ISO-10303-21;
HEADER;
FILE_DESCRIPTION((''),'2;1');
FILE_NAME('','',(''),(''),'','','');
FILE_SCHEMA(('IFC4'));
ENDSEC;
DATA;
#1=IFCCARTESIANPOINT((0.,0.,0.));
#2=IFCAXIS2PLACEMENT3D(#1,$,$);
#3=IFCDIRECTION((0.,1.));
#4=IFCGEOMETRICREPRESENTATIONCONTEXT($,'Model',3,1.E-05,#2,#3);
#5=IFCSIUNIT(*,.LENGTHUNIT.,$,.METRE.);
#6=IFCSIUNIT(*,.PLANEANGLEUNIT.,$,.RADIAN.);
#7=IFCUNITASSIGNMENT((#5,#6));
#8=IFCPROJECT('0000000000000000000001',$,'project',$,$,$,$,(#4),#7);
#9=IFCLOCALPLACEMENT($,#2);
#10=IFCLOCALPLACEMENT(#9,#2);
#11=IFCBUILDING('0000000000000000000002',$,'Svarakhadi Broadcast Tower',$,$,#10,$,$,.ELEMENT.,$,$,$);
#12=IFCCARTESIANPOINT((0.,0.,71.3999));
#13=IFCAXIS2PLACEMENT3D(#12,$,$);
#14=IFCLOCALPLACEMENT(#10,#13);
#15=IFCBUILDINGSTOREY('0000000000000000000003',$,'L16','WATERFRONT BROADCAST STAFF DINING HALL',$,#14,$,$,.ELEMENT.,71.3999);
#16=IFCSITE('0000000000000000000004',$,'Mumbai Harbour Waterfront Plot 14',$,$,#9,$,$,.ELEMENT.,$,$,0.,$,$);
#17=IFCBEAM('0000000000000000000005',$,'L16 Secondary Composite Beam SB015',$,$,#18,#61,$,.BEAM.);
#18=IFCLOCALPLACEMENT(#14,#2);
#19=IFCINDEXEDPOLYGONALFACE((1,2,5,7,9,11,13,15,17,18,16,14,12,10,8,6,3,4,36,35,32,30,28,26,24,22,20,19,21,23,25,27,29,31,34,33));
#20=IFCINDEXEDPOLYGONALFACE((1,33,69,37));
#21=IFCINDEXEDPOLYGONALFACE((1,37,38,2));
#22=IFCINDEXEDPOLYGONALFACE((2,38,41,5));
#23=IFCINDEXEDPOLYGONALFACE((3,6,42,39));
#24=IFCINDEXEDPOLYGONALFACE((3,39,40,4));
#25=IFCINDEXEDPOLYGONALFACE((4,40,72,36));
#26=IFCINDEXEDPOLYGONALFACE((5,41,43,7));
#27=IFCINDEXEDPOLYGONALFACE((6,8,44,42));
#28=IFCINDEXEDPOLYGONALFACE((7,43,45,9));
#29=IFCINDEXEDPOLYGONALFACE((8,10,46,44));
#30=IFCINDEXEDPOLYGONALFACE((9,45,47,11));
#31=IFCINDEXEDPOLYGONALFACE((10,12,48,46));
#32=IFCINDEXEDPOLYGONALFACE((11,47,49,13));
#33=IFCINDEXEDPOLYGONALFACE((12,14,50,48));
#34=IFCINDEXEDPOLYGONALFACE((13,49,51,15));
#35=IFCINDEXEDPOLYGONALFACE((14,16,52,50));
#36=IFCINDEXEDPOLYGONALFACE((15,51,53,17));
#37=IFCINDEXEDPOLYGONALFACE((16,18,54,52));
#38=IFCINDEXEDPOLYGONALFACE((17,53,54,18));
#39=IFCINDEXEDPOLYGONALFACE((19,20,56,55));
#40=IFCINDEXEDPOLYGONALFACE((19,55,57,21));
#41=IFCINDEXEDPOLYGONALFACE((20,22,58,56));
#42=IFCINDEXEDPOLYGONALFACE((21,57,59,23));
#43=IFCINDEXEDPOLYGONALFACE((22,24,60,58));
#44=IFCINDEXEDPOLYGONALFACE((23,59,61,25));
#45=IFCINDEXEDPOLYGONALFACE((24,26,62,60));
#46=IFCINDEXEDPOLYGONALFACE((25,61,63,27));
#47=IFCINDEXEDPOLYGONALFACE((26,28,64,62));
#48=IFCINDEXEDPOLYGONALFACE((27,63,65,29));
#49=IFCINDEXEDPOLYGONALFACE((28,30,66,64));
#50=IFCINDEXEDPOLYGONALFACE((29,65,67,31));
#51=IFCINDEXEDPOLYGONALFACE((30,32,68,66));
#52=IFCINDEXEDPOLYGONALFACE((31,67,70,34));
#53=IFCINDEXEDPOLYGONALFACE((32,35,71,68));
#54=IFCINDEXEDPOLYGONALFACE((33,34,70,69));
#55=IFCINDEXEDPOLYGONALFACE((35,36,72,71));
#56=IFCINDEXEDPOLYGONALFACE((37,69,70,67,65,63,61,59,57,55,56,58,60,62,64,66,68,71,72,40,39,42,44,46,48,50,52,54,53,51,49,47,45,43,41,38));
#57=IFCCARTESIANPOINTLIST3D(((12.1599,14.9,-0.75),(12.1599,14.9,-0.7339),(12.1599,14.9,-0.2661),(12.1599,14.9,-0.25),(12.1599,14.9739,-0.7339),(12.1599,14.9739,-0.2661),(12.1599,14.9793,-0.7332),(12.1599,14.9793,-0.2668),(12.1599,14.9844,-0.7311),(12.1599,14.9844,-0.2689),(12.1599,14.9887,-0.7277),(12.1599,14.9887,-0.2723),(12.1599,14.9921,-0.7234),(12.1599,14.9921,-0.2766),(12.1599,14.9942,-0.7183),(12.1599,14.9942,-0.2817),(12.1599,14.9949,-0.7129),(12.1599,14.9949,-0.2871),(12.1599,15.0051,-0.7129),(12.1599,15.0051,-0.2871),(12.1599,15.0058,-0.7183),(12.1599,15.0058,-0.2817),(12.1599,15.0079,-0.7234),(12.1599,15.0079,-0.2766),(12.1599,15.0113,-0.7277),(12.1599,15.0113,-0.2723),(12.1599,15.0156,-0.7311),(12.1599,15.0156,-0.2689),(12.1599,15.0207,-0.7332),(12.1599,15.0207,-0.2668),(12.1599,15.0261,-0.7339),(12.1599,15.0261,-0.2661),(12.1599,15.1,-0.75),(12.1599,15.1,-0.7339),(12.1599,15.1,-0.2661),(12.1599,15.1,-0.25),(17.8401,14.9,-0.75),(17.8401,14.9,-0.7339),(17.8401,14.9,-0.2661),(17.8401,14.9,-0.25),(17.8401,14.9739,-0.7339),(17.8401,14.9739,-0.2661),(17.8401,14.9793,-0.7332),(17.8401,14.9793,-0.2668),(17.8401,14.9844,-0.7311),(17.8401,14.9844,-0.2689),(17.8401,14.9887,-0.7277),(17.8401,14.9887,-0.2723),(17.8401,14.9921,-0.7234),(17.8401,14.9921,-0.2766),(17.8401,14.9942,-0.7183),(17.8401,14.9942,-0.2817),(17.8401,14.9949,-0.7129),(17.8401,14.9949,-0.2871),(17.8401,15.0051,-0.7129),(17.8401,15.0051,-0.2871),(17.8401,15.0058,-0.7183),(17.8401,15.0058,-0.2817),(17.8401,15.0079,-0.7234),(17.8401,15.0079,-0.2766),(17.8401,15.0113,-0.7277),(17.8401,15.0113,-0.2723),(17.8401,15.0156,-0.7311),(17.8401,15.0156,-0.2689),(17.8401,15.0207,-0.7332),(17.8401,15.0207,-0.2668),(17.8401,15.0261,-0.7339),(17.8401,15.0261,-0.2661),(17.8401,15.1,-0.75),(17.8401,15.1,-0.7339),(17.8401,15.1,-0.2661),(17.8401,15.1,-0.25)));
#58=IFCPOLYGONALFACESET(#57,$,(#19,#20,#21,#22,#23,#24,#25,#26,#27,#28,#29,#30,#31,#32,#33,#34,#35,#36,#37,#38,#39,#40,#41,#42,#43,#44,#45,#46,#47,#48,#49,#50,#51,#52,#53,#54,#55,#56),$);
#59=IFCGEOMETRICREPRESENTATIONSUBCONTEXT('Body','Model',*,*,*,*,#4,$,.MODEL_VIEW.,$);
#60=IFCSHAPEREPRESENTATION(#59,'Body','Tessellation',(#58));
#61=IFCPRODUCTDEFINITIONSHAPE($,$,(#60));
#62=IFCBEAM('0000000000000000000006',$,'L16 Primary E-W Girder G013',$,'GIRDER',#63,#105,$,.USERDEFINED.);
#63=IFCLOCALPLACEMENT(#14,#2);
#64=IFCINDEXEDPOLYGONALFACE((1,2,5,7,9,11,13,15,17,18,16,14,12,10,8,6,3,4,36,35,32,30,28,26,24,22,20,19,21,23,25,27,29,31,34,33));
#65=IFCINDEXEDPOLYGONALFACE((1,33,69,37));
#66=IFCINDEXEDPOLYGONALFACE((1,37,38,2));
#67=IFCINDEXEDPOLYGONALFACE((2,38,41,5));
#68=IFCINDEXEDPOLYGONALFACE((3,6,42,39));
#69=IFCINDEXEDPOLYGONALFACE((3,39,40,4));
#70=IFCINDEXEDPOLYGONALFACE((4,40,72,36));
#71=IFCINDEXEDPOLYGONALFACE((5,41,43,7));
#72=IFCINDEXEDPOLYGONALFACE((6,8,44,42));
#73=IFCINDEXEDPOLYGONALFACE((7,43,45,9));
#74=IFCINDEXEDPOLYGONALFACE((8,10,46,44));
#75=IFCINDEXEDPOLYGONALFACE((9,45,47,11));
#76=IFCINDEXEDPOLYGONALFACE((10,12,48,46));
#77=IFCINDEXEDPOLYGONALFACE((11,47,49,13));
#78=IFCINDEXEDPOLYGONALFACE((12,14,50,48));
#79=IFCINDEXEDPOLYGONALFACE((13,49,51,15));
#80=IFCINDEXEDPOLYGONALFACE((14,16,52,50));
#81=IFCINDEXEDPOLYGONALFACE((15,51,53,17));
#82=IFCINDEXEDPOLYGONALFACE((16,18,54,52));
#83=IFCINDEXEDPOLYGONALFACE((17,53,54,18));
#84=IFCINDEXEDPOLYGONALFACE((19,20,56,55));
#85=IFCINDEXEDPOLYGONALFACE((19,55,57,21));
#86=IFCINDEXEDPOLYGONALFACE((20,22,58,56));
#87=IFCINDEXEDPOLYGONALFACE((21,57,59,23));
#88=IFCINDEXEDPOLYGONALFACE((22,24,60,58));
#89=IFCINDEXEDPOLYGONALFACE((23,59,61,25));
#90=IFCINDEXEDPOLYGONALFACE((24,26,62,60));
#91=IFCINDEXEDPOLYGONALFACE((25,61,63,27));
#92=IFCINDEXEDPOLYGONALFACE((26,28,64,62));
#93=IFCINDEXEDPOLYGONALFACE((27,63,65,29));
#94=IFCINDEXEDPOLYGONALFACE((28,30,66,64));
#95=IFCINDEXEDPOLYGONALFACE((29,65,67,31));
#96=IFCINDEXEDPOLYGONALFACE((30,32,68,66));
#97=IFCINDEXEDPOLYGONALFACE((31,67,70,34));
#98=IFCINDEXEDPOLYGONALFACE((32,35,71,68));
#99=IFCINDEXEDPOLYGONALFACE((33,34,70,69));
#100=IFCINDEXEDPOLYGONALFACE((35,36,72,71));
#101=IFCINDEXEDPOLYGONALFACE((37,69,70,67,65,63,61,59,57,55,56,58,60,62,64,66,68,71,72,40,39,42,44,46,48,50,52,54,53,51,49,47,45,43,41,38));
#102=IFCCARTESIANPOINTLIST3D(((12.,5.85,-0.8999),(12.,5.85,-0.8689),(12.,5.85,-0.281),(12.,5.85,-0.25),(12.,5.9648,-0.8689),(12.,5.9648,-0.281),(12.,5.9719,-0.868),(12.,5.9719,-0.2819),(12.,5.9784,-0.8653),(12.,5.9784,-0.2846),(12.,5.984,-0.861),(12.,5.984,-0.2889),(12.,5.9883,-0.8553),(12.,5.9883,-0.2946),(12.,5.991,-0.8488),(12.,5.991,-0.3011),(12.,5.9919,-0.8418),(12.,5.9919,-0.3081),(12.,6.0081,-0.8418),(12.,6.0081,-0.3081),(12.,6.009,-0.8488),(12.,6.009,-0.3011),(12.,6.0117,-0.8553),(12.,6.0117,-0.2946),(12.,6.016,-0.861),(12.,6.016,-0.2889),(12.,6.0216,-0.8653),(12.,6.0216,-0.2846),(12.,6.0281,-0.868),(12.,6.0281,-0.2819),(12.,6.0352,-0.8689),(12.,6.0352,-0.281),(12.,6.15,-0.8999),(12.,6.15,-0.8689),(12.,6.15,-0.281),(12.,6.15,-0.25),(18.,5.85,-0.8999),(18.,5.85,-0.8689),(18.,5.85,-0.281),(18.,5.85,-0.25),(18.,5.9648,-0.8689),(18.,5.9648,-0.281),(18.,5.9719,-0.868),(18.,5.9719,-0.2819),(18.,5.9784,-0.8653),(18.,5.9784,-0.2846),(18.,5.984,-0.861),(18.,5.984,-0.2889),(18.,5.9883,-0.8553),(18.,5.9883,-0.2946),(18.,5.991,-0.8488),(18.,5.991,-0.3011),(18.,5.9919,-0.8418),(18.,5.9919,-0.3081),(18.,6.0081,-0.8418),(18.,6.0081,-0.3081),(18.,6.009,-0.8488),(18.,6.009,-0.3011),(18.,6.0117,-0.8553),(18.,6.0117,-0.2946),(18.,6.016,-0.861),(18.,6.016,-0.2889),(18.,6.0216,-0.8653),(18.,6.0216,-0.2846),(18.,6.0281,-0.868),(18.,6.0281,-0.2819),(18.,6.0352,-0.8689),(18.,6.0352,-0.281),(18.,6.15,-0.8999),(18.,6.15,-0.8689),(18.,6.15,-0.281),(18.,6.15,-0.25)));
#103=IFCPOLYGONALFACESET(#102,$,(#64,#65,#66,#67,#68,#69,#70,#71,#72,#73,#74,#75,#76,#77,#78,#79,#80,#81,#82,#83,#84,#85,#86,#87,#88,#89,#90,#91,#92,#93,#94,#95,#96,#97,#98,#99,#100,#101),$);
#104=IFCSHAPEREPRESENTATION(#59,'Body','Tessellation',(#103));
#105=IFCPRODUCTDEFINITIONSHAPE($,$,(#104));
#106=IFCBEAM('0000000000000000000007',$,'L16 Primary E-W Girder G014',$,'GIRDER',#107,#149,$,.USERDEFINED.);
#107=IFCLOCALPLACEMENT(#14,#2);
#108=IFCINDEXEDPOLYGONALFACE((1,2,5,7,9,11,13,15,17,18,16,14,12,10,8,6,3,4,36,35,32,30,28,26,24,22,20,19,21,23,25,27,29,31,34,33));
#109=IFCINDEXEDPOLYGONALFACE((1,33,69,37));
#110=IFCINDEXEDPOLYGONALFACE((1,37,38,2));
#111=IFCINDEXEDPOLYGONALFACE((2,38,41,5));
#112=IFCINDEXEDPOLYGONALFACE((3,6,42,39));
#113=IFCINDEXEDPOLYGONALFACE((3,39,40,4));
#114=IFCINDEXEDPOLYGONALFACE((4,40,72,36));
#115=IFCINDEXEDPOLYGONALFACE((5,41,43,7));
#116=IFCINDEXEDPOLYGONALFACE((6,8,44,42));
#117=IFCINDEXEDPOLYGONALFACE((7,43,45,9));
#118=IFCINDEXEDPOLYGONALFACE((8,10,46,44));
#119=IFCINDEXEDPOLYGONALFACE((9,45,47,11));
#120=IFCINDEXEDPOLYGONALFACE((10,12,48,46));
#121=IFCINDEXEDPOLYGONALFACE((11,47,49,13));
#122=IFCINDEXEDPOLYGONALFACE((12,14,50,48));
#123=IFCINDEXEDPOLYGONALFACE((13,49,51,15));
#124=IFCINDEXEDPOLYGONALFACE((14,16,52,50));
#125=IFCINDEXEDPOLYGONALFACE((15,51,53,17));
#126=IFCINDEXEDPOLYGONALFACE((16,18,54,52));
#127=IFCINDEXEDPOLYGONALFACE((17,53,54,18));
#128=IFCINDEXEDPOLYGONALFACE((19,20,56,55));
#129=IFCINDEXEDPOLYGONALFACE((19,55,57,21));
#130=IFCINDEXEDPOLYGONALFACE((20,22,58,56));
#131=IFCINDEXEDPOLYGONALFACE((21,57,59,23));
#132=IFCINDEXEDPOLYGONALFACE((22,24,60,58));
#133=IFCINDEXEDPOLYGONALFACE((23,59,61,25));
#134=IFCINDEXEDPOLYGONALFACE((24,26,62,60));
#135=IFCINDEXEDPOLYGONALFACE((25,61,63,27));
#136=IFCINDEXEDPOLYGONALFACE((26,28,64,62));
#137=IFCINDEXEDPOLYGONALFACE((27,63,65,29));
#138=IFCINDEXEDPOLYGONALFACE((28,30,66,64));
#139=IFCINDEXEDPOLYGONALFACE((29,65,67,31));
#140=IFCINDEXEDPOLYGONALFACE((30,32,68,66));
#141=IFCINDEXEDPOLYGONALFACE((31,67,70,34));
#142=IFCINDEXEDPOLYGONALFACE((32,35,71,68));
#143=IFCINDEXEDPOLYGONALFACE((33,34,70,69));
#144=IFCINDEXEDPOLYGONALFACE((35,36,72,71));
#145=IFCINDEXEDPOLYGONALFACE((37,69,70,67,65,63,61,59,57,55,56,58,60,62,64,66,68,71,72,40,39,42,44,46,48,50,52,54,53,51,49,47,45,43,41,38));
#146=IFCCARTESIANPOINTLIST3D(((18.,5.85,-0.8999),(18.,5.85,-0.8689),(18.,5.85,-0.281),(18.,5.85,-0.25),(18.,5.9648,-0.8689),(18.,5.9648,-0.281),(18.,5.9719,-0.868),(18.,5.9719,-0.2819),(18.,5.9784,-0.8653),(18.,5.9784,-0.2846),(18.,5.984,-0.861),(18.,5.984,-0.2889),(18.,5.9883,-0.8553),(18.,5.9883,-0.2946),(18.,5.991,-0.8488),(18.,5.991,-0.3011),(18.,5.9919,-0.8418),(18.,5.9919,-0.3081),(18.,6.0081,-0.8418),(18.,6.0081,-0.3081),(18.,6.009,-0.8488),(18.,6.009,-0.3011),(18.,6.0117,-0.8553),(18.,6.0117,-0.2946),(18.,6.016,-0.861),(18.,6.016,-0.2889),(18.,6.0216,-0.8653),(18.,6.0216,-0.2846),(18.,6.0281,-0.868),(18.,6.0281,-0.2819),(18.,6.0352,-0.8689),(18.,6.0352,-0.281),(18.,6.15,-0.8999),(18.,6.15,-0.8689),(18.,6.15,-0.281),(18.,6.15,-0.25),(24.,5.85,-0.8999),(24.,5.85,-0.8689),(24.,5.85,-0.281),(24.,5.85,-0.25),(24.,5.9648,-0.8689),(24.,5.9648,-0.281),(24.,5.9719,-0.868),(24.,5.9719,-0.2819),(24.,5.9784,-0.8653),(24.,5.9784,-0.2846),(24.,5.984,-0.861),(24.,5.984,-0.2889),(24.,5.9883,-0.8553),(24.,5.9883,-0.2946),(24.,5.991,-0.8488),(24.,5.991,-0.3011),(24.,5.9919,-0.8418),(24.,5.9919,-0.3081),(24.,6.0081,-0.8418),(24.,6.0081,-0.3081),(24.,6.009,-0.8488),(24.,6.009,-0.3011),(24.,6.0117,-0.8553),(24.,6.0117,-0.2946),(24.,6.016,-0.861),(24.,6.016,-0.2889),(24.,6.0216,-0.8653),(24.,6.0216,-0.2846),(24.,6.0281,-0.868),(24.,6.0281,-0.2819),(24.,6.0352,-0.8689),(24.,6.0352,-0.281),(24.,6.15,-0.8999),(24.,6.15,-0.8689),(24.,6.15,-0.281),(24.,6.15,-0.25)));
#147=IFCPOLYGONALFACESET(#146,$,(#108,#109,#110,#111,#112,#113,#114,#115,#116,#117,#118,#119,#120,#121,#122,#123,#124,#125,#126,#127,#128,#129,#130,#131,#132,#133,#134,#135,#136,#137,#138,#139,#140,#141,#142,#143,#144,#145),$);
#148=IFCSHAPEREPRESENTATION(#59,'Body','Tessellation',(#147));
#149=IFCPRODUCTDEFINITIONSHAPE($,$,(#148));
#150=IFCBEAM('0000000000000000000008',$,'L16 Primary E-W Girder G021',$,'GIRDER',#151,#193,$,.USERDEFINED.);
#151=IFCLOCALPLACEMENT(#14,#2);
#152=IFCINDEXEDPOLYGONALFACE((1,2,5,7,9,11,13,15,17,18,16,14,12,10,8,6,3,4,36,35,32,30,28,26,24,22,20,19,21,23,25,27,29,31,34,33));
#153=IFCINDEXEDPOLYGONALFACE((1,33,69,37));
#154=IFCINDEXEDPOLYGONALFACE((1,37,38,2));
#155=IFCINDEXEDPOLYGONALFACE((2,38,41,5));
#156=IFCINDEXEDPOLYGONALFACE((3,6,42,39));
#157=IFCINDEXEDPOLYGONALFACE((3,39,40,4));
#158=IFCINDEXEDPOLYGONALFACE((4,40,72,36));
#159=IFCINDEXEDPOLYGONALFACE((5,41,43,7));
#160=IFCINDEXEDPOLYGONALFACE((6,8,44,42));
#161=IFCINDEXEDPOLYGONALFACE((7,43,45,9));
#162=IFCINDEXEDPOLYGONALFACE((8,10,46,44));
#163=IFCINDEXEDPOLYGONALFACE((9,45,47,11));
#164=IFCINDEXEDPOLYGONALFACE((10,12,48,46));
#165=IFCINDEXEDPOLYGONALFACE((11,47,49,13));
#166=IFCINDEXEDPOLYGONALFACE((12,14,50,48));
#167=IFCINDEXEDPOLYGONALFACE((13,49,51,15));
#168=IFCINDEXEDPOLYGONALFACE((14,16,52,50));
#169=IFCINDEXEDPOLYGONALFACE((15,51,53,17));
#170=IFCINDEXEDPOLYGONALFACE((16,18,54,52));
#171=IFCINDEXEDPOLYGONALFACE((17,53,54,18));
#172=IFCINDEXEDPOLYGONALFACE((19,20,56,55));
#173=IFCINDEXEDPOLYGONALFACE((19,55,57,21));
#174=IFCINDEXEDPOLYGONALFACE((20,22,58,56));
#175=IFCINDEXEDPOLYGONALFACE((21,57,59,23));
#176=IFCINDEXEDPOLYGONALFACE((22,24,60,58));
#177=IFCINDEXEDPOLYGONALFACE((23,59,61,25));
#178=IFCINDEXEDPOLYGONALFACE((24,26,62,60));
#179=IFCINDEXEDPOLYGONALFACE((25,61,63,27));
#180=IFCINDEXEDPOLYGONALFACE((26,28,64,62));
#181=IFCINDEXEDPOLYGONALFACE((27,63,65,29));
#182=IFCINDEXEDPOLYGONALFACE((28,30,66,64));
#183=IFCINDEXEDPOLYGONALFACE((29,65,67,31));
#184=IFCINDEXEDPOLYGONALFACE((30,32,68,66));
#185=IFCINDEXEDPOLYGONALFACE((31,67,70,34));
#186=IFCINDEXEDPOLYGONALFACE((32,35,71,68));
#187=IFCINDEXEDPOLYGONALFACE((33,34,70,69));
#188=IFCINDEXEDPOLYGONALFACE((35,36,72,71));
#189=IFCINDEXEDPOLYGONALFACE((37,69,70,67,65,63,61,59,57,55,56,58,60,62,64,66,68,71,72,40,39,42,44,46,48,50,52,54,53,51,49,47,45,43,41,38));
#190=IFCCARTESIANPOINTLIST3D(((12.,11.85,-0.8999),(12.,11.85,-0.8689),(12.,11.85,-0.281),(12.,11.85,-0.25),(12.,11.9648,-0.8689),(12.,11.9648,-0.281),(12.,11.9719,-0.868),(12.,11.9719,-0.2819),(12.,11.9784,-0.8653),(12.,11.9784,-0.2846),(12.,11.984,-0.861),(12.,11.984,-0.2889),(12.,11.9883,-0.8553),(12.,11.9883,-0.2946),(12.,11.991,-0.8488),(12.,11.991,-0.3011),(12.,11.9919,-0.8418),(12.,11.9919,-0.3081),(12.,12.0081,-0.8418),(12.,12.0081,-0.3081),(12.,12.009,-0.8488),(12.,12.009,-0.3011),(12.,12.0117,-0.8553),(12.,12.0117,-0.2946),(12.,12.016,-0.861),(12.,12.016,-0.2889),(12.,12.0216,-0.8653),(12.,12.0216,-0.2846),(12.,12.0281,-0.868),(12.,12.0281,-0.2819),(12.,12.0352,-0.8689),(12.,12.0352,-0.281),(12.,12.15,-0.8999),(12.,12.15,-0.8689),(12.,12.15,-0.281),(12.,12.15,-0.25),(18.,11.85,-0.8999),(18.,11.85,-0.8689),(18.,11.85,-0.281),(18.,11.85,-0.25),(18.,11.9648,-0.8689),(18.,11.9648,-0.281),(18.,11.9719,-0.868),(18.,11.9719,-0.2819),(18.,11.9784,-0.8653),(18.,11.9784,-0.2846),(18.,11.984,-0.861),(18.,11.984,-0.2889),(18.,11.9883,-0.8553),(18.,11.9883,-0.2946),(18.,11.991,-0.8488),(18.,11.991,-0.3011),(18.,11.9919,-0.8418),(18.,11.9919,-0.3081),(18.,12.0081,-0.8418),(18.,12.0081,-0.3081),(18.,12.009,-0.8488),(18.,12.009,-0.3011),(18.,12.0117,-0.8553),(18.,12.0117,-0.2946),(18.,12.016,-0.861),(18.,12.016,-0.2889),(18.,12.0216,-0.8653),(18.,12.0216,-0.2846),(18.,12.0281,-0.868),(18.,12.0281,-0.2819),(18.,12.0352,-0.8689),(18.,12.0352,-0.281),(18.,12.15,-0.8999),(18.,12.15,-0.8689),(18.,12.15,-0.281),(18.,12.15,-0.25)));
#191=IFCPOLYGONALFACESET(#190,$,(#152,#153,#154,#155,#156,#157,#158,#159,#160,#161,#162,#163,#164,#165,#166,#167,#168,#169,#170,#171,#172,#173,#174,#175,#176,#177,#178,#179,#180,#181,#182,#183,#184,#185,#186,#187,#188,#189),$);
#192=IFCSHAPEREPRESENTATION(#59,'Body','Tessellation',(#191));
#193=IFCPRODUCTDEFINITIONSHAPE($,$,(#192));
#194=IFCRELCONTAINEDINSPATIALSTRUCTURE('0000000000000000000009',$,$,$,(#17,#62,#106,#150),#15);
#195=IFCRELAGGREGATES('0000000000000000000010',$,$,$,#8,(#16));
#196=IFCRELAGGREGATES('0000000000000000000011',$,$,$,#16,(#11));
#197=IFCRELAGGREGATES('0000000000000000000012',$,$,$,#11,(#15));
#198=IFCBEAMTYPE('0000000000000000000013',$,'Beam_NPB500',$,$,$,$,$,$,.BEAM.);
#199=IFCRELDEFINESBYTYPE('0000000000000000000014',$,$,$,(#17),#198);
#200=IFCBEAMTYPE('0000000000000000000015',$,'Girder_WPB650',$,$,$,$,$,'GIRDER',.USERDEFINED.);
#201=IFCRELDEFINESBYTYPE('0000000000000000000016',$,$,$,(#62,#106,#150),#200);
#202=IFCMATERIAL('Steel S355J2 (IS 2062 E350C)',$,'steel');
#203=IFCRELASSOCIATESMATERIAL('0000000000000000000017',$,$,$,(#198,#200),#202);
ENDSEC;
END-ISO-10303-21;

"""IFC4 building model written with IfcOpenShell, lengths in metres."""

from ifc_helpers import new_model, si_unit, direction, frame, origin, origin_2d, place, context, subcontext, project, spatial, i_section, extrude, material, material_profile, profile_set, type_object, element, save


model = new_model("IFC4")

# Units and contexts
model_context = context("Model", 3, precision=1e-05, world=origin(), true_north=direction((0.0, 1.0)))
body_context = subcontext(model_context, "Body", "Model", "MODEL_VIEW")
ifc_project = project(units=[si_unit("LENGTHUNIT", "METRE"), si_unit("PLANEANGLEUNIT", "RADIAN")], contexts=[model_context])

# Site, building, storey
site_placement = place(None, origin())
site = spatial("IfcSite", under=ifc_project, at=site_placement, Name="Mumbai Harbour Waterfront Plot 14", CompositionType="ELEMENT", RefElevation=0.0)
building_placement = place(site_placement, origin())
building = spatial("IfcBuilding", under=site, at=building_placement, Name="Svarakhadi Broadcast Tower", CompositionType="ELEMENT")
storey_placement = place(building_placement, frame((0.0, 0.0, 71.3999)))
storey = spatial("IfcBuildingStorey", under=building, at=storey_placement, Name="L16", Description="WATERFRONT BROADCAST STAFF DINING HALL", CompositionType="ELEMENT", Elevation=71.3999)

# Beams
ifc_material_1 = material(Name="Steel S355J2 (IS 2062 E350C)", Category="steel")
ifc_material_profile_1 = material_profile(ifc_material_1, i_section(OverallWidth=0.2, OverallDepth=0.5, WebThickness=0.0103, FlangeThickness=0.0161, FilletRadius=0.021, at=origin_2d()), Name="NPB 500x200x91")
ifc_profile_set_1 = profile_set([ifc_material_profile_1], Name="Steel S355J2 (IS 2062 E350C)")
beam_type_1 = type_object("IfcBeamType", Name="Beam_NPB500", PredefinedType="BEAM", material=ifc_profile_set_1)
for number, where, z_axis, x_axis, name in (
    (1, (12.1599, 15.0, -0.5), (1.0, 0.0, 0.0), (0.0, 1.0, 0.0), "L16 Secondary Composite Beam SB015"),
):
    element("IfcBeam", number, at=place(storey_placement, frame(where, z_axis=z_axis, x_axis=x_axis)), inside=storey, type_object=beam_type_1, Name=name, PredefinedType="BEAM", context=body_context, shape_type="SweptSolid", body=[
        extrude(i_section(OverallWidth=0.2, OverallDepth=0.5, WebThickness=0.0103, FlangeThickness=0.0161, FilletRadius=0.021, at=origin_2d()), origin(), (0.0, 0.0, 1.0), 5.6802),
    ])
ifc_material_profile_2 = material_profile(ifc_material_1, i_section(OverallWidth=0.3, OverallDepth=0.6499, WebThickness=0.0161, FlangeThickness=0.031, FilletRadius=0.0271, at=origin_2d()), Name="WPB 650x300x225")
ifc_profile_set_2 = profile_set([ifc_material_profile_2], Name="Steel S355J2 (IS 2062 E350C)")
beam_type_2 = type_object("IfcBeamType", Name="Girder_WPB650", ElementType="GIRDER", PredefinedType="USERDEFINED", material=ifc_profile_set_2)
for number, where, z_axis, x_axis, name in (
    (2, (12.0, 6.0, -0.575), (1.0, 0.0, 0.0), (0.0, 1.0, 0.0), "L16 Primary E-W Girder G013"),
    (3, (18.0, 6.0, -0.575), (1.0, 0.0, 0.0), (0.0, 1.0, 0.0), "L16 Primary E-W Girder G014"),
    (4, (12.0, 12.0, -0.575), (1.0, 0.0, 0.0), (0.0, 1.0, 0.0), "L16 Primary E-W Girder G021"),
):
    element("IfcBeam", number, at=place(storey_placement, frame(where, z_axis=z_axis, x_axis=x_axis)), inside=storey, type_object=beam_type_2, Name=name, ObjectType="GIRDER", PredefinedType="USERDEFINED", context=body_context, shape_type="SweptSolid", body=[
        extrude(i_section(OverallWidth=0.3, OverallDepth=0.6499, WebThickness=0.0161, FlangeThickness=0.031, FilletRadius=0.0271, at=origin_2d()), origin(), (0.0, 0.0, 1.0), 6.0),
    ])

save(model, "model.ifc")
